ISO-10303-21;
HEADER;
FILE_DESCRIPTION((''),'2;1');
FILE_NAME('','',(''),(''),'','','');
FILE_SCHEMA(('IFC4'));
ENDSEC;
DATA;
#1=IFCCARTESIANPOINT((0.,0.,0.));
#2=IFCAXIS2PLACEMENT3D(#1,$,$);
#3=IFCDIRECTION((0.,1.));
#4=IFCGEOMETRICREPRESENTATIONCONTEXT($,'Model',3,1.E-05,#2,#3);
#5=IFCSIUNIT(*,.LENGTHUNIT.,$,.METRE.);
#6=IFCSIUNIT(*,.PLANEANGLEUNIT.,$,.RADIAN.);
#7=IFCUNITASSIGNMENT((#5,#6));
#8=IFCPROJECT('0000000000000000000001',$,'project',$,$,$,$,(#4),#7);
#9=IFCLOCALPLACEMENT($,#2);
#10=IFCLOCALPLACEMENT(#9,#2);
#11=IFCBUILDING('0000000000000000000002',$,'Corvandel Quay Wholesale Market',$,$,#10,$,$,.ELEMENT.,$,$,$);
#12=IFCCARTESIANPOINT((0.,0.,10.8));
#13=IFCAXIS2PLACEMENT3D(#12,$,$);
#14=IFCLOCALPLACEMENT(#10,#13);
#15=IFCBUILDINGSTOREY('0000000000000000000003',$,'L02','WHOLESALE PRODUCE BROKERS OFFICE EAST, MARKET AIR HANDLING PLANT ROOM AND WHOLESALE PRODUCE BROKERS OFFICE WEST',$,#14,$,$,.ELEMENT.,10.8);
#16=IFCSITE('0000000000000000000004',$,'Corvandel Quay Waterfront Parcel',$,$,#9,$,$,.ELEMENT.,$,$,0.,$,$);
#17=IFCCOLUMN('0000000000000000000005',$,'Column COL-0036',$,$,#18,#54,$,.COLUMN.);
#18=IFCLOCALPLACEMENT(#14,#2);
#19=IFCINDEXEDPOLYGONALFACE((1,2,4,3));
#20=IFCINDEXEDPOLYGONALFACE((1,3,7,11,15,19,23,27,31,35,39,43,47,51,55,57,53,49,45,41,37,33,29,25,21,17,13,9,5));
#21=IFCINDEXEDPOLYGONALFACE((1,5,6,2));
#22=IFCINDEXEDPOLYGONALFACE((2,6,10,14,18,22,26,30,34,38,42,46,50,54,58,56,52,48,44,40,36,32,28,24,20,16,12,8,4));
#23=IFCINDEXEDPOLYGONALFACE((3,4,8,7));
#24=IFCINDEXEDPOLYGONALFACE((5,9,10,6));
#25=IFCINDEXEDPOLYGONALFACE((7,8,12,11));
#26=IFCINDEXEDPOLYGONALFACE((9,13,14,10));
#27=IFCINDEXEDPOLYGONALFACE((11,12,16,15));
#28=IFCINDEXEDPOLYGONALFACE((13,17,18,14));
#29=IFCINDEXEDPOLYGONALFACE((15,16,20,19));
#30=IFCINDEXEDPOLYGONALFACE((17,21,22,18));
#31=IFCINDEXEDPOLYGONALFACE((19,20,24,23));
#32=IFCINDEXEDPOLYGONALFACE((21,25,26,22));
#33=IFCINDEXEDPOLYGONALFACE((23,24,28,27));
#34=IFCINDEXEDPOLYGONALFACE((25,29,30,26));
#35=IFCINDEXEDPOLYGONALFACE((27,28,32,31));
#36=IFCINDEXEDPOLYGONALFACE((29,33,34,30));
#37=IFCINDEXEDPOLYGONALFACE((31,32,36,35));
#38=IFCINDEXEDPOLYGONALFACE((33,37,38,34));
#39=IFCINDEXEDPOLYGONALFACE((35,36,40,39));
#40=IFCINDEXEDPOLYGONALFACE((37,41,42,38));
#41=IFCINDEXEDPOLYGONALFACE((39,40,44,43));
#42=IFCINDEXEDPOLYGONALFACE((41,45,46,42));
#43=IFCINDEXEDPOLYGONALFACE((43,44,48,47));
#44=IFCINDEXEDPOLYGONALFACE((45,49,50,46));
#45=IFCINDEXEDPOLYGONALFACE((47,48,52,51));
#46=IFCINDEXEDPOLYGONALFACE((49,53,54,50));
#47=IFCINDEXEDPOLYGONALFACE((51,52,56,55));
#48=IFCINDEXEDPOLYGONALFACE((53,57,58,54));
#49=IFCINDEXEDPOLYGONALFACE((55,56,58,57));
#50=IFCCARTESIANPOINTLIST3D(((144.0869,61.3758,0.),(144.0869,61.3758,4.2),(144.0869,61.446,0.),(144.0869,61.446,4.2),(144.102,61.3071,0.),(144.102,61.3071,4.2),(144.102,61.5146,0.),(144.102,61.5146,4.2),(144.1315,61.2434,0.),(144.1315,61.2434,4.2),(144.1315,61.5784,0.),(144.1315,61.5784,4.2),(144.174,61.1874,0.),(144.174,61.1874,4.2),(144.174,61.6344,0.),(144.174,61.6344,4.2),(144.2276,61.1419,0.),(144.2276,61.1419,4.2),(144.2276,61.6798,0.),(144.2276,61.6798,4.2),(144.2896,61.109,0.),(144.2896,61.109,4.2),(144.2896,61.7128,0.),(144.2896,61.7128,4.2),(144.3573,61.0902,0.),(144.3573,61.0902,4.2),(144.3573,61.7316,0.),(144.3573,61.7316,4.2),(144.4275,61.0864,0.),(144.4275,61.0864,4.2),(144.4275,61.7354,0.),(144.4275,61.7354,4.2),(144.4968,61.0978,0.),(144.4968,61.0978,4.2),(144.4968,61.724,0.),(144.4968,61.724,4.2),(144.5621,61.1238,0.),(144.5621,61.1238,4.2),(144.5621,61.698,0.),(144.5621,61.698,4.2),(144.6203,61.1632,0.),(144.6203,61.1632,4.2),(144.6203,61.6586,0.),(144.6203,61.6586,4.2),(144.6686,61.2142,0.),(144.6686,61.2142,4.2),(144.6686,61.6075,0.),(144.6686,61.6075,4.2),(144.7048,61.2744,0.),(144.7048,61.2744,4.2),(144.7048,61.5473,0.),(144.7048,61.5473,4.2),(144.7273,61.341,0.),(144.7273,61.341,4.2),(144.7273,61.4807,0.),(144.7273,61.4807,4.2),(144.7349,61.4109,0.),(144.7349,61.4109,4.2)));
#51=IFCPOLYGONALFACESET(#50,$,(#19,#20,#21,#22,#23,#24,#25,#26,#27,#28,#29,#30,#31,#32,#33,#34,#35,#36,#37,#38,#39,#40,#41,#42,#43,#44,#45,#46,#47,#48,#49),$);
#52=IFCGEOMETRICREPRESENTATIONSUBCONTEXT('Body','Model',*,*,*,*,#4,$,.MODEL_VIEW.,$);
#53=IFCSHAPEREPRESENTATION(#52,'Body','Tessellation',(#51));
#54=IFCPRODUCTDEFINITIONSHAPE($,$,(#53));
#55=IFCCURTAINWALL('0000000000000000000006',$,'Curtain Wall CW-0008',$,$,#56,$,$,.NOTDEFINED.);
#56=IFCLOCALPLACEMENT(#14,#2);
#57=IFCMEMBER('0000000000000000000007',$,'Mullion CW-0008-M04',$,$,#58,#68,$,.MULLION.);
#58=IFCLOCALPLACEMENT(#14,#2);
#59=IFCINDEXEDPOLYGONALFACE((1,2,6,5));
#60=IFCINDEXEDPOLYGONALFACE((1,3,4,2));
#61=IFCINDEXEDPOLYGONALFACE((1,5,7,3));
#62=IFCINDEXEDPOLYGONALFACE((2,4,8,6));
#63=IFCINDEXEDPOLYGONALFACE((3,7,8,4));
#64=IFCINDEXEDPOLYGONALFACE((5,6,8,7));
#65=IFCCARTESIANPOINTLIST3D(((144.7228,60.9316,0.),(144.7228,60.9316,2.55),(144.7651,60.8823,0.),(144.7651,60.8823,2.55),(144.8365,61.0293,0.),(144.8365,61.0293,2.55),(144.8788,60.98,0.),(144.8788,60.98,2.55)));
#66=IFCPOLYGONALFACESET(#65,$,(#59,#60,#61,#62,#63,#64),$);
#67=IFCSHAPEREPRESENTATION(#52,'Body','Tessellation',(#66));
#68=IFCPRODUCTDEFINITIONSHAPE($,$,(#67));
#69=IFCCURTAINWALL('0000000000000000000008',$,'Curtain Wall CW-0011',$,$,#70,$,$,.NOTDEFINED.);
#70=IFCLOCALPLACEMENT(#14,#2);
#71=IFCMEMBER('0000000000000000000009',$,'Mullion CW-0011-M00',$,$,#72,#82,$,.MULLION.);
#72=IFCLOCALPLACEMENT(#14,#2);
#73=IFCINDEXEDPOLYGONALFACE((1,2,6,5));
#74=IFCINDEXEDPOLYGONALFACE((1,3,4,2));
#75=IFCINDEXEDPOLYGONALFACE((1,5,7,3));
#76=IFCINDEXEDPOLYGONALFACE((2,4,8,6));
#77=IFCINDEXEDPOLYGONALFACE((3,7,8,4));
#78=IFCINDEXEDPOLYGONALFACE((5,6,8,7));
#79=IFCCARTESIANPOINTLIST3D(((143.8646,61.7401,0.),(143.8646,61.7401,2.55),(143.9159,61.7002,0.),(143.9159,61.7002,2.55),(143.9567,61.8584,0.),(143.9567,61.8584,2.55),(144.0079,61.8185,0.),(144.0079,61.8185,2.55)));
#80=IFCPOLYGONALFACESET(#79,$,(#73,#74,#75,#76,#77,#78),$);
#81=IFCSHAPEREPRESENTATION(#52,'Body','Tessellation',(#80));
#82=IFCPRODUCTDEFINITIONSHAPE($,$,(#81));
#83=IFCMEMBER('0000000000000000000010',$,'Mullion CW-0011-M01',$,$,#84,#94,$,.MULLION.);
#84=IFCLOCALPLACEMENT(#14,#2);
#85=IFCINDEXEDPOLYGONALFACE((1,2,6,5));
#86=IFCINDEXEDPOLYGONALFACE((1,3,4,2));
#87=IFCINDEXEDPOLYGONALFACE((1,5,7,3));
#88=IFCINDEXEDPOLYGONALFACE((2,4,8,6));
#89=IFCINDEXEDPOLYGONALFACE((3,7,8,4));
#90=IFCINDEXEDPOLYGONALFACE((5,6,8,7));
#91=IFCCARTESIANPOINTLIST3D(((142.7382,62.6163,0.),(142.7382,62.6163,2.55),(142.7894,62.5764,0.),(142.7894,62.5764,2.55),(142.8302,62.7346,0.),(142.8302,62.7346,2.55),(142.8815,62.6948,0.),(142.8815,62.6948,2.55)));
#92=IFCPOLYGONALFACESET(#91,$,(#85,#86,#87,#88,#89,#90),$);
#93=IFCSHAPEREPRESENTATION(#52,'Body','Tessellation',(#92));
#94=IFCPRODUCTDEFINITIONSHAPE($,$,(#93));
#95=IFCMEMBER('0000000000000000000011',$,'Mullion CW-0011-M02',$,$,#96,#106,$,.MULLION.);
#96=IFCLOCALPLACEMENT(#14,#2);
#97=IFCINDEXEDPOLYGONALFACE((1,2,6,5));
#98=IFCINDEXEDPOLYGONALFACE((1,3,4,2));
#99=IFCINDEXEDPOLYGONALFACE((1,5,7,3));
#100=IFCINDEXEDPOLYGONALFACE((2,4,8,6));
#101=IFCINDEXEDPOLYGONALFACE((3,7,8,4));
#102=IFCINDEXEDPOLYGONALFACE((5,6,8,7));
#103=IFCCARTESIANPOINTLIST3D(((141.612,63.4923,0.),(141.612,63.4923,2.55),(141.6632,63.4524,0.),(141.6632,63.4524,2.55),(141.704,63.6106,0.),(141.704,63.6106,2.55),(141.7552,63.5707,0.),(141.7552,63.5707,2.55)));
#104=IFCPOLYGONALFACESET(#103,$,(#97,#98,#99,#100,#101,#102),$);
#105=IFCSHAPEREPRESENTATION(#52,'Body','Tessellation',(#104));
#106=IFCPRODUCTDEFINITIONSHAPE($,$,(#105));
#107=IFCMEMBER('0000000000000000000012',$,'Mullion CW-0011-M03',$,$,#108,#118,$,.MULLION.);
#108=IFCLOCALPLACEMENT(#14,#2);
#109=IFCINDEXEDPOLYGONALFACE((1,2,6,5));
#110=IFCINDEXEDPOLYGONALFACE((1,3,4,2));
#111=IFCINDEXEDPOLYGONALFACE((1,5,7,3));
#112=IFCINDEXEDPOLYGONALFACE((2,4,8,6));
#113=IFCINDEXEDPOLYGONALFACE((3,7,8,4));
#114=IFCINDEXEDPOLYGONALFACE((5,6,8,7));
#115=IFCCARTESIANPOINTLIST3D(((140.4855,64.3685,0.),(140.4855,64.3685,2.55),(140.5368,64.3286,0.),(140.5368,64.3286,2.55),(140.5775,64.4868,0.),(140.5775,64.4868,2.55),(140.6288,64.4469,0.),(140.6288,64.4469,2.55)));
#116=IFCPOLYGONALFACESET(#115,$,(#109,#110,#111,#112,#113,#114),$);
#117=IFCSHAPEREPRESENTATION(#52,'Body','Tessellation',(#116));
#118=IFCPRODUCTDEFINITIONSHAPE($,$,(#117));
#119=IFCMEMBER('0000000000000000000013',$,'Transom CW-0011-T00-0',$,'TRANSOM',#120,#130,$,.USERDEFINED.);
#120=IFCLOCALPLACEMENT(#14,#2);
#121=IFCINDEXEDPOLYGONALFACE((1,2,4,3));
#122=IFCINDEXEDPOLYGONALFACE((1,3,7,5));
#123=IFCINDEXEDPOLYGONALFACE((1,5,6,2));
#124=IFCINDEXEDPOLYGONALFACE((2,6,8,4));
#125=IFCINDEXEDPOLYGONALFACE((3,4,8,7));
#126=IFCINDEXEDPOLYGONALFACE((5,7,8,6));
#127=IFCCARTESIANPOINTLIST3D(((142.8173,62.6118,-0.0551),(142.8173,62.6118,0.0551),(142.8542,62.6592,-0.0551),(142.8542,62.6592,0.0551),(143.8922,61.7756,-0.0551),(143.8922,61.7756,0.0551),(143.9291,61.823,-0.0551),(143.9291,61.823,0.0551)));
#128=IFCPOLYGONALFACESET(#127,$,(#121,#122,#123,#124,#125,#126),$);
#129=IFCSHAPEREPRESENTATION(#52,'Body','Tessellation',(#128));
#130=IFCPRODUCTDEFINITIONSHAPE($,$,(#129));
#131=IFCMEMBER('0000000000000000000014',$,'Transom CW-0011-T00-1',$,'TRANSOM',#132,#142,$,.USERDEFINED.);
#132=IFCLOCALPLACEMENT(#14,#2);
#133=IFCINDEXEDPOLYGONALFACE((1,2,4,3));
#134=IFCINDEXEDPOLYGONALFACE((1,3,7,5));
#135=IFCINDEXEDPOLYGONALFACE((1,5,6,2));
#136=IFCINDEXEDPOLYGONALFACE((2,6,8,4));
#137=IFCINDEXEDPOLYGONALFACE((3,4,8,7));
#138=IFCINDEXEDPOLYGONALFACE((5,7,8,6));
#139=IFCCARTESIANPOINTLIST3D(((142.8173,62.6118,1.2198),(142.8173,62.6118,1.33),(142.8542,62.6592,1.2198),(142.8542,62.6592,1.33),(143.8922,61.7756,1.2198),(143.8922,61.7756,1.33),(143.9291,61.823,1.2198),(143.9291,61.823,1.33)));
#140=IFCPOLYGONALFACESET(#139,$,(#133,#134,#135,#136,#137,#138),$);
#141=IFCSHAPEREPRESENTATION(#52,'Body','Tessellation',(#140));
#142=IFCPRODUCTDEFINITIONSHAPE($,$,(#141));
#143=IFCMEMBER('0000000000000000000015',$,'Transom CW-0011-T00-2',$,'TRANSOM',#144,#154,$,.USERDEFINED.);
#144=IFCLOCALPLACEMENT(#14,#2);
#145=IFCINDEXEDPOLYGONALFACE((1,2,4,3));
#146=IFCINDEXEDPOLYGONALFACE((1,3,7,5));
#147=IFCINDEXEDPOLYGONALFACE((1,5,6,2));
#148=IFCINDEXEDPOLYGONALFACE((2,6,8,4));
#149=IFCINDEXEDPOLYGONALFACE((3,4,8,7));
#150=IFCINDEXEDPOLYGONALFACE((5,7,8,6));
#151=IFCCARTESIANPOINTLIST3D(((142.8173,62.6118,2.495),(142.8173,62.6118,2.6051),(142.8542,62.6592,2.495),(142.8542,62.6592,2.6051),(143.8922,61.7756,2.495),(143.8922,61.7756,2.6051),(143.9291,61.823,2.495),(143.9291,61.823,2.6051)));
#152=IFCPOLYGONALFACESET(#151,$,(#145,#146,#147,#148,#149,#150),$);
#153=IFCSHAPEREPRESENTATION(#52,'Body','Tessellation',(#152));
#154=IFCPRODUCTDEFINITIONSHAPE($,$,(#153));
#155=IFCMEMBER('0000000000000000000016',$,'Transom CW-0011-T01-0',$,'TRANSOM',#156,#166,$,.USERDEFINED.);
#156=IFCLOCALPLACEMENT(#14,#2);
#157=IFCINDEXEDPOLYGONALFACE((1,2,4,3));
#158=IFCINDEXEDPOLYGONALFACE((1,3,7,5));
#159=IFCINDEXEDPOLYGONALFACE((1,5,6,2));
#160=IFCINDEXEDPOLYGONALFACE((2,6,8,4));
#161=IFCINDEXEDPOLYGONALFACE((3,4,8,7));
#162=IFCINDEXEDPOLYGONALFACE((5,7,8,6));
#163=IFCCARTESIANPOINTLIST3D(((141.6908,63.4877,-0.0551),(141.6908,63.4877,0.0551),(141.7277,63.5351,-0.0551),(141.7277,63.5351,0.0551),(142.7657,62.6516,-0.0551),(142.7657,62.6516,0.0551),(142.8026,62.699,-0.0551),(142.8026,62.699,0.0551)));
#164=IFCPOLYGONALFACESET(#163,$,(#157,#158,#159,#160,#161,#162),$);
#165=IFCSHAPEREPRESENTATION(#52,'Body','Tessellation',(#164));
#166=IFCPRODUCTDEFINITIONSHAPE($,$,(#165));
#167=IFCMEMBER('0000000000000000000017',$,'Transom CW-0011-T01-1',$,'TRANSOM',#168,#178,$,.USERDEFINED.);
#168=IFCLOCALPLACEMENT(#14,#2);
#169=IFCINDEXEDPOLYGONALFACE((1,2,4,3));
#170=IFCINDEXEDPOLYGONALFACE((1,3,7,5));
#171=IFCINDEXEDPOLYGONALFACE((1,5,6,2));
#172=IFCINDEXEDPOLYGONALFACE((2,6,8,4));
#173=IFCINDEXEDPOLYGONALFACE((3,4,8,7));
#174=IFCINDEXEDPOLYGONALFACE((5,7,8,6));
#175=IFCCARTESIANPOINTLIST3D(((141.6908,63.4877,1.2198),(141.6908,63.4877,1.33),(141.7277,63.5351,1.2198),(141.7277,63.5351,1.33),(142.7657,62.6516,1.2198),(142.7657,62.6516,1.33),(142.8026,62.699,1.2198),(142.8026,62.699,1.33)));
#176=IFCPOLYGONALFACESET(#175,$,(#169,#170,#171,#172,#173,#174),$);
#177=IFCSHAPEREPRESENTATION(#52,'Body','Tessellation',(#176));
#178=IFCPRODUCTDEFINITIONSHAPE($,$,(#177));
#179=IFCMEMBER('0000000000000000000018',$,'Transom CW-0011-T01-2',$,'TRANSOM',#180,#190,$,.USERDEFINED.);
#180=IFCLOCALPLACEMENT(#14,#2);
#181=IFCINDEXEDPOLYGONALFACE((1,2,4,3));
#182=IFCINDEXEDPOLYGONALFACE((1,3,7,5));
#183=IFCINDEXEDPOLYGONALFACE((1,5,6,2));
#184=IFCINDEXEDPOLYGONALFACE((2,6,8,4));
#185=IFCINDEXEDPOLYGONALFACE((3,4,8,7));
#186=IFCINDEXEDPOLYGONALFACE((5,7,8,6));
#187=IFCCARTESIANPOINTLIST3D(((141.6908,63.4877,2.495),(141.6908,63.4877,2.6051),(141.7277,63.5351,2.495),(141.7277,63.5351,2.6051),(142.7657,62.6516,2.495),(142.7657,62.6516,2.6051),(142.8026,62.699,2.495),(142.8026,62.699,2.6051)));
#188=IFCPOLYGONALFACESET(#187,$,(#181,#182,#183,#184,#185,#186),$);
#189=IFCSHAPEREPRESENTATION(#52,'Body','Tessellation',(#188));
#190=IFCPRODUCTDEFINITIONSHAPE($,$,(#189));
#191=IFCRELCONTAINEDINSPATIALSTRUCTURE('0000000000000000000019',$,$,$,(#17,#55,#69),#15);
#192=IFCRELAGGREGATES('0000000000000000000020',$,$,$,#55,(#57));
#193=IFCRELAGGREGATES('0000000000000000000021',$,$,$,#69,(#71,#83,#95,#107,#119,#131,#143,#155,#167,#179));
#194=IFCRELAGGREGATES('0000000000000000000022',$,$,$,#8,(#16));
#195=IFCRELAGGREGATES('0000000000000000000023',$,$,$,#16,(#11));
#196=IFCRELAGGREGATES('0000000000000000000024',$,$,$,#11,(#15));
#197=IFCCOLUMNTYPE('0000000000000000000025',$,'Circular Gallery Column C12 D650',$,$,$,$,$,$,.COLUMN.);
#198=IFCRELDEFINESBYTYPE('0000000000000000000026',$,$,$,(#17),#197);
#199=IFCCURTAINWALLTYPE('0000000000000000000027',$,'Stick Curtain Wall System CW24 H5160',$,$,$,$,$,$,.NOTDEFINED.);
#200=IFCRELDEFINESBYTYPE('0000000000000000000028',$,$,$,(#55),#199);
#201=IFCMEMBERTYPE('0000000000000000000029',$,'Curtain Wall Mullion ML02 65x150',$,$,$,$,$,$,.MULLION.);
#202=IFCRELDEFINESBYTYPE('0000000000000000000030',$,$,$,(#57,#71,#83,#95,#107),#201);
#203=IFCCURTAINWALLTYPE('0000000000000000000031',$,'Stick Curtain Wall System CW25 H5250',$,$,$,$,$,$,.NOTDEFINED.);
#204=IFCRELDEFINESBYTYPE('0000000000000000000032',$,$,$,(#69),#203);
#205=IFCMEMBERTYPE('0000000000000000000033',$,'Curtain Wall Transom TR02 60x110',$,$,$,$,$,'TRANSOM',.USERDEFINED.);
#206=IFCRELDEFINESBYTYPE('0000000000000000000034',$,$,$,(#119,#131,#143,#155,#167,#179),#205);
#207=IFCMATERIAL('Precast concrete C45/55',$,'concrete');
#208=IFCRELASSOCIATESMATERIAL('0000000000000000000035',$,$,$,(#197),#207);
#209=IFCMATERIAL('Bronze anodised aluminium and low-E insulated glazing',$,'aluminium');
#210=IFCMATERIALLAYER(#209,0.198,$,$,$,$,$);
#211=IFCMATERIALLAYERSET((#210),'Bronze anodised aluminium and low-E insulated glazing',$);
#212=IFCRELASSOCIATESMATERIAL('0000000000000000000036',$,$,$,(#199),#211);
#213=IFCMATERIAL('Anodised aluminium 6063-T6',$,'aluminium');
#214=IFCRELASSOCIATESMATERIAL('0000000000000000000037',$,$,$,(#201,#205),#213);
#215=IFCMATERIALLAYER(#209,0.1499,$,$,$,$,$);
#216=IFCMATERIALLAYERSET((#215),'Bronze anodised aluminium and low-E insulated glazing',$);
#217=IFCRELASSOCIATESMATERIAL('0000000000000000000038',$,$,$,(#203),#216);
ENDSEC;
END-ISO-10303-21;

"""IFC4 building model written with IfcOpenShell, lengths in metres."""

from ifc_helpers import new_model, si_unit, direction, frame, origin, origin_2d, place, context, subcontext, project, spatial, rectangle, circle, extrude, material, layer, layer_set, material_profile, profile_set, type_object, element, aggregate, save


model = new_model("IFC4")

# Units and contexts
model_context = context("Model", 3, precision=1e-05, world=origin(), true_north=direction((0.0, 1.0)))
body_context = subcontext(model_context, "Body", "Model", "MODEL_VIEW")
ifc_project = project(units=[si_unit("LENGTHUNIT", "METRE"), si_unit("PLANEANGLEUNIT", "RADIAN")], contexts=[model_context])

# Site, building, storey
site_placement = place(None, origin())
site = spatial("IfcSite", under=ifc_project, at=site_placement, Name="Corvandel Quay Waterfront Parcel", CompositionType="ELEMENT", RefElevation=0.0)
building_placement = place(site_placement, origin())
building = spatial("IfcBuilding", under=site, at=building_placement, Name="Corvandel Quay Wholesale Market", CompositionType="ELEMENT")
storey_placement = place(building_placement, frame((0.0, 0.0, 10.8)))
storey = spatial("IfcBuildingStorey", under=building, at=storey_placement, Name="L02", Description="WHOLESALE PRODUCE BROKERS OFFICE EAST, MARKET AIR HANDLING PLANT ROOM AND WHOLESALE PRODUCE BROKERS OFFICE WEST", CompositionType="ELEMENT", Elevation=10.8)

# Column
ifc_material_1 = material(Name="Precast concrete C45/55", Category="concrete")
ifc_material_profile_1 = material_profile(ifc_material_1, circle(Radius=0.325, at=origin_2d()), Name="PC-COL-D650")
ifc_profile_set_1 = profile_set([ifc_material_profile_1], Name="Precast concrete C45/55")
column_type = type_object("IfcColumnType", Name="Circular Gallery Column C12 D650", PredefinedType="COLUMN", material=ifc_profile_set_1)
column_placement = place(storey_placement, frame((144.4099, 61.4109, 0.0), z_axis=(0.0, 0.0, 1.0), x_axis=(1.0, 0.0, 0.0)))
element("IfcColumn", 1, at=column_placement, inside=storey, type_object=column_type, Name="Column COL-0036", PredefinedType="COLUMN", context=body_context, shape_type="SweptSolid", body=[
    extrude(circle(Radius=0.325, at=origin_2d()), origin(), (0.0, 0.0, 1.0), 4.2),
])

# Curtain wall, member
ifc_material_2 = material(Name="Bronze anodised aluminium and low-E insulated glazing", Category="aluminium")
ifc_layer_1 = layer(ifc_material_2, 0.198)
ifc_layer_set_1 = layer_set([ifc_layer_1], Name="Bronze anodised aluminium and low-E insulated glazing")
curtain_wall_type_1 = type_object("IfcCurtainWallType", Name="Stick Curtain Wall System CW24 H5160", PredefinedType="NOTDEFINED", material=ifc_layer_set_1)
curtain_wall_1_placement = place(storey_placement, origin())
curtain_wall_1 = element("IfcCurtainWall", 2, at=curtain_wall_1_placement, inside=storey, type_object=curtain_wall_type_1, Name="Curtain Wall CW-0008", PredefinedType="NOTDEFINED")
ifc_material_3 = material(Name="Anodised aluminium 6063-T6", Category="aluminium")
ifc_material_profile_2 = material_profile(ifc_material_3, rectangle(XDim=0.0649, YDim=0.1499, at=origin_2d()), Name="ALU-MUL-65x150")
ifc_profile_set_2 = profile_set([ifc_material_profile_2], Name="Anodised aluminium 6063-T6")
member_type_1 = type_object("IfcMemberType", Name="Curtain Wall Mullion ML02 65x150", PredefinedType="MULLION", material=ifc_profile_set_2)
member_1_placement = place(storey_placement, frame((144.8008, 60.9558, 0.0), z_axis=(0.0, 0.0, 1.0), x_axis=(-0.651569, 0.758589, 0.0)))
member_1 = element("IfcMember", 3, at=member_1_placement, type_object=member_type_1, Name="Mullion CW-0008-M04", PredefinedType="MULLION", context=body_context, shape_type="SweptSolid", body=[
    extrude(rectangle(XDim=0.0649, YDim=0.1499, at=origin_2d()), origin(), (0.0, 0.0, 1.0), 2.55),
])

# Curtain wall, members
ifc_layer_2 = layer(ifc_material_2, 0.1499)
ifc_layer_set_2 = layer_set([ifc_layer_2], Name="Bronze anodised aluminium and low-E insulated glazing")
curtain_wall_type_2 = type_object("IfcCurtainWallType", Name="Stick Curtain Wall System CW25 H5250", PredefinedType="NOTDEFINED", material=ifc_layer_set_2)
curtain_wall_2_placement = place(storey_placement, origin())
curtain_wall_2 = element("IfcCurtainWall", 4, at=curtain_wall_2_placement, inside=storey, type_object=curtain_wall_type_2, Name="Curtain Wall CW-0011", PredefinedType="NOTDEFINED")
member_2_placement = place(storey_placement, frame((143.9363, 61.7793, 0.0), z_axis=(0.0, 0.0, 1.0), x_axis=(-0.789406, 0.613872, 0.0)))
member_2 = element("IfcMember", 5, at=member_2_placement, type_object=member_type_1, Name="Mullion CW-0011-M00", PredefinedType="MULLION", context=body_context, shape_type="SweptSolid", body=[
    extrude(rectangle(XDim=0.0649, YDim=0.1499, at=origin_2d()), origin(), (0.0, 0.0, 1.0), 2.55),
])
member_3_placement = place(storey_placement, frame((142.8098, 62.6555, 0.0), z_axis=(0.0, 0.0, 1.0), x_axis=(-0.789406, 0.613872, 0.0)))
member_3 = element("IfcMember", 6, at=member_3_placement, type_object=member_type_1, Name="Mullion CW-0011-M01", PredefinedType="MULLION", context=body_context, shape_type="SweptSolid", body=[
    extrude(rectangle(XDim=0.0649, YDim=0.1499, at=origin_2d()), origin(), (0.0, 0.0, 1.0), 2.55),
])
member_4_placement = place(storey_placement, frame((141.6836, 63.5315, 0.0), z_axis=(0.0, 0.0, 1.0), x_axis=(-0.789406, 0.613872, 0.0)))
member_4 = element("IfcMember", 7, at=member_4_placement, type_object=member_type_1, Name="Mullion CW-0011-M02", PredefinedType="MULLION", context=body_context, shape_type="SweptSolid", body=[
    extrude(rectangle(XDim=0.0649, YDim=0.1499, at=origin_2d()), origin(), (0.0, 0.0, 1.0), 2.55),
])
member_5_placement = place(storey_placement, frame((140.5571, 64.4077, 0.0), z_axis=(0.0, 0.0, 1.0), x_axis=(-0.789406, 0.613872, 0.0)))
member_5 = element("IfcMember", 8, at=member_5_placement, type_object=member_type_1, Name="Mullion CW-0011-M03", PredefinedType="MULLION", context=body_context, shape_type="SweptSolid", body=[
    extrude(rectangle(XDim=0.0649, YDim=0.1499, at=origin_2d()), origin(), (0.0, 0.0, 1.0), 2.55),
])
ifc_material_profile_3 = material_profile(ifc_material_3, rectangle(XDim=0.0601, YDim=0.1101, at=origin_2d()), Name="ALU-TRN-60x110")
ifc_profile_set_3 = profile_set([ifc_material_profile_3], Name="Anodised aluminium 6063-T6")
member_type_2 = type_object("IfcMemberType", Name="Curtain Wall Transom TR02 60x110", ElementType="TRANSOM", PredefinedType="USERDEFINED", material=ifc_profile_set_3)
member_6_placement = place(storey_placement, frame((143.9106, 61.7993, 0.0), z_axis=(-0.789314, 0.61399, 0.0), x_axis=(-0.61399, -0.789314, 0.0)))
member_6 = element("IfcMember", 9, at=member_6_placement, type_object=member_type_2, Name="Transom CW-0011-T00-0", ObjectType="TRANSOM", PredefinedType="USERDEFINED", context=body_context, shape_type="SweptSolid", body=[
    extrude(rectangle(XDim=0.0601, YDim=0.1101, at=origin_2d()), origin(), (0.0, 0.0, 1.0), 1.3618),
])
member_7_placement = place(storey_placement, frame((143.9106, 61.7993, 1.2749), z_axis=(-0.789314, 0.61399, 0.0), x_axis=(-0.61399, -0.789314, 0.0)))
member_7 = element("IfcMember", 10, at=member_7_placement, type_object=member_type_2, Name="Transom CW-0011-T00-1", ObjectType="TRANSOM", PredefinedType="USERDEFINED", context=body_context, shape_type="SweptSolid", body=[
    extrude(rectangle(XDim=0.0601, YDim=0.1101, at=origin_2d()), origin(), (0.0, 0.0, 1.0), 1.3618),
])
member_8_placement = place(storey_placement, frame((143.9106, 61.7993, 2.55), z_axis=(-0.789314, 0.61399, 0.0), x_axis=(-0.61399, -0.789314, 0.0)))
member_8 = element("IfcMember", 11, at=member_8_placement, type_object=member_type_2, Name="Transom CW-0011-T00-2", ObjectType="TRANSOM", PredefinedType="USERDEFINED", context=body_context, shape_type="SweptSolid", body=[
    extrude(rectangle(XDim=0.0601, YDim=0.1101, at=origin_2d()), origin(), (0.0, 0.0, 1.0), 1.3618),
])
member_9_placement = place(storey_placement, frame((142.7842, 62.6753, 0.0), z_axis=(-0.789314, 0.61399, 0.0), x_axis=(-0.61399, -0.789314, 0.0)))
member_9 = element("IfcMember", 12, at=member_9_placement, type_object=member_type_2, Name="Transom CW-0011-T01-0", ObjectType="TRANSOM", PredefinedType="USERDEFINED", context=body_context, shape_type="SweptSolid", body=[
    extrude(rectangle(XDim=0.0601, YDim=0.1101, at=origin_2d()), origin(), (0.0, 0.0, 1.0), 1.3618),
])
member_10_placement = place(storey_placement, frame((142.7842, 62.6753, 1.2749), z_axis=(-0.789314, 0.61399, 0.0), x_axis=(-0.61399, -0.789314, 0.0)))
member_10 = element("IfcMember", 13, at=member_10_placement, type_object=member_type_2, Name="Transom CW-0011-T01-1", ObjectType="TRANSOM", PredefinedType="USERDEFINED", context=body_context, shape_type="SweptSolid", body=[
    extrude(rectangle(XDim=0.0601, YDim=0.1101, at=origin_2d()), origin(), (0.0, 0.0, 1.0), 1.3618),
])
member_11_placement = place(storey_placement, frame((142.7842, 62.6753, 2.55), z_axis=(-0.789314, 0.61399, 0.0), x_axis=(-0.61399, -0.789314, 0.0)))
member_11 = element("IfcMember", 14, at=member_11_placement, type_object=member_type_2, Name="Transom CW-0011-T01-2", ObjectType="TRANSOM", PredefinedType="USERDEFINED", context=body_context, shape_type="SweptSolid", body=[
    extrude(rectangle(XDim=0.0601, YDim=0.1101, at=origin_2d()), origin(), (0.0, 0.0, 1.0), 1.3618),
])

aggregate(curtain_wall_1, [member_1])
aggregate(curtain_wall_2, [member_2, member_3, member_4, member_5, member_6, member_7, member_8, member_9, member_10, member_11])

save(model, "model.ifc")
